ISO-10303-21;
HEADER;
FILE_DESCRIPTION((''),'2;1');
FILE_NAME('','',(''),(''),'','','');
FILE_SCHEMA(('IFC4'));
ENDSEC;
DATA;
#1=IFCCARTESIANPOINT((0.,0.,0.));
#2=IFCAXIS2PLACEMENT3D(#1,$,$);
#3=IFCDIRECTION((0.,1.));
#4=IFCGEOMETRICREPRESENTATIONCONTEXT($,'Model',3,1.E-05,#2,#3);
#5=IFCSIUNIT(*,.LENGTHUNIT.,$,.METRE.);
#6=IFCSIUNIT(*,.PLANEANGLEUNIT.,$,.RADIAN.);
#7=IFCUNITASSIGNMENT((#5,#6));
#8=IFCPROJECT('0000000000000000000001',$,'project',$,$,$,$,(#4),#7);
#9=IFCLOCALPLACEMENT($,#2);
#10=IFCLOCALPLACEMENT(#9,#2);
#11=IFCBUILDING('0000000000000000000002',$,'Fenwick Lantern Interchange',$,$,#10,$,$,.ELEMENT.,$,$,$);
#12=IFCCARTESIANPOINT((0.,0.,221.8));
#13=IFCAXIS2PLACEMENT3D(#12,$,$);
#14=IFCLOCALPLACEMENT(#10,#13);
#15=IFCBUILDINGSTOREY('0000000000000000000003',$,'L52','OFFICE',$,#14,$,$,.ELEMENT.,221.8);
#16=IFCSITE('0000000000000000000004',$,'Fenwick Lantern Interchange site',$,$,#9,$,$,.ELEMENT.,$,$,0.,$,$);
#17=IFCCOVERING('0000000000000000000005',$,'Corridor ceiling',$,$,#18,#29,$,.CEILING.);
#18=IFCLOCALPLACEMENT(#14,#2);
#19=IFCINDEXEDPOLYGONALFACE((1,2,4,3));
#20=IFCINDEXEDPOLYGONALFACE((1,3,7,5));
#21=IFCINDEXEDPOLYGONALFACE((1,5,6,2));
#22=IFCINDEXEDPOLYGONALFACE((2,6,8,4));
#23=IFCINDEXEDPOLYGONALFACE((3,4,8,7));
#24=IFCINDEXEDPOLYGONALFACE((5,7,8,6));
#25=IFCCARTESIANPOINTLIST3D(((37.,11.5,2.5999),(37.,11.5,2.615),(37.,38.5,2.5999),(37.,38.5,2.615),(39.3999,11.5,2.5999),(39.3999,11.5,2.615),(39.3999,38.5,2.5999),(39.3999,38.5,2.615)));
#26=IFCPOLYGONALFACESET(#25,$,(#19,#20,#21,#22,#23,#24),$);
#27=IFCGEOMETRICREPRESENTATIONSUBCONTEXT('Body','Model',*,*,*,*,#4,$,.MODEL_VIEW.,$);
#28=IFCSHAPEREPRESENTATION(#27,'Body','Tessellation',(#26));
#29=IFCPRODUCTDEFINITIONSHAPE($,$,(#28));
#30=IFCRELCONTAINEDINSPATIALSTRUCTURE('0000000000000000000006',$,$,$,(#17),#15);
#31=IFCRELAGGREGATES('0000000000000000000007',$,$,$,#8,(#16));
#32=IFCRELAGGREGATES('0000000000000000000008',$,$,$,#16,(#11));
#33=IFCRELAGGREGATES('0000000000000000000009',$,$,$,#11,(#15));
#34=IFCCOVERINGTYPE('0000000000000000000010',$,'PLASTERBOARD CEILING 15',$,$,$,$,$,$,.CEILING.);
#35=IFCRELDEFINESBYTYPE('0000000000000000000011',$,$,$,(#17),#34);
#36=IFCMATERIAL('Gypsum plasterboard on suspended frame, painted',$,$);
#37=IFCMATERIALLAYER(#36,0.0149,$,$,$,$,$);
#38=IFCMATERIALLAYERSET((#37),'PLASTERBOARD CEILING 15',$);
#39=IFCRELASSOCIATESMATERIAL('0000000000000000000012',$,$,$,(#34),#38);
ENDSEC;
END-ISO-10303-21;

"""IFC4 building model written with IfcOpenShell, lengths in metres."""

from ifc_helpers import new_model, si_unit, direction, frame, origin, place, context, subcontext, project, spatial, polyline, outline, extrude, material, layer, layer_set, type_object, element, save


model = new_model("IFC4")

# Units and contexts
model_context = context("Model", 3, precision=1e-05, world=origin(), true_north=direction((0.0, 1.0)))
body_context = subcontext(model_context, "Body", "Model", "MODEL_VIEW")
ifc_project = project(units=[si_unit("LENGTHUNIT", "METRE"), si_unit("PLANEANGLEUNIT", "RADIAN")], contexts=[model_context])

# Site, building, storey
site_placement = place(None, origin())
site = spatial("IfcSite", under=ifc_project, at=site_placement, Name="Fenwick Lantern Interchange site", CompositionType="ELEMENT", RefElevation=0.0)
building_placement = place(site_placement, origin())
building = spatial("IfcBuilding", under=site, at=building_placement, Name="Fenwick Lantern Interchange", CompositionType="ELEMENT")
storey_placement = place(building_placement, frame((0.0, 0.0, 221.8)))
storey = spatial("IfcBuildingStorey", under=building, at=storey_placement, Name="L52", Description="OFFICE", CompositionType="ELEMENT", Elevation=221.8)

# Covering
ifc_material_1 = material(Name="Gypsum plasterboard on suspended frame, painted")
ifc_layer_1 = layer(ifc_material_1, 0.0149)
ifc_layer_set_1 = layer_set([ifc_layer_1], Name="PLASTERBOARD CEILING 15")
covering_type_1 = type_object("IfcCoveringType", Name="PLASTERBOARD CEILING 15", PredefinedType="CEILING", material=ifc_layer_set_1)
covering_1_placement = place(storey_placement, frame((0.0, 0.0, 2.5999)))
element("IfcCovering", 1, at=covering_1_placement, inside=storey, type_object=covering_type_1, Name="Corridor ceiling", PredefinedType="CEILING", context=body_context, shape_type="SweptSolid", body=[
    extrude(outline(polyline([(39.3999, 38.5), (37.0, 38.5), (37.0, 11.5), (39.3999, 11.5), (39.3999, 38.5)])), origin(), (0.0, 0.0, 1.0), 0.0151),
])

save(model, "model.ifc")
